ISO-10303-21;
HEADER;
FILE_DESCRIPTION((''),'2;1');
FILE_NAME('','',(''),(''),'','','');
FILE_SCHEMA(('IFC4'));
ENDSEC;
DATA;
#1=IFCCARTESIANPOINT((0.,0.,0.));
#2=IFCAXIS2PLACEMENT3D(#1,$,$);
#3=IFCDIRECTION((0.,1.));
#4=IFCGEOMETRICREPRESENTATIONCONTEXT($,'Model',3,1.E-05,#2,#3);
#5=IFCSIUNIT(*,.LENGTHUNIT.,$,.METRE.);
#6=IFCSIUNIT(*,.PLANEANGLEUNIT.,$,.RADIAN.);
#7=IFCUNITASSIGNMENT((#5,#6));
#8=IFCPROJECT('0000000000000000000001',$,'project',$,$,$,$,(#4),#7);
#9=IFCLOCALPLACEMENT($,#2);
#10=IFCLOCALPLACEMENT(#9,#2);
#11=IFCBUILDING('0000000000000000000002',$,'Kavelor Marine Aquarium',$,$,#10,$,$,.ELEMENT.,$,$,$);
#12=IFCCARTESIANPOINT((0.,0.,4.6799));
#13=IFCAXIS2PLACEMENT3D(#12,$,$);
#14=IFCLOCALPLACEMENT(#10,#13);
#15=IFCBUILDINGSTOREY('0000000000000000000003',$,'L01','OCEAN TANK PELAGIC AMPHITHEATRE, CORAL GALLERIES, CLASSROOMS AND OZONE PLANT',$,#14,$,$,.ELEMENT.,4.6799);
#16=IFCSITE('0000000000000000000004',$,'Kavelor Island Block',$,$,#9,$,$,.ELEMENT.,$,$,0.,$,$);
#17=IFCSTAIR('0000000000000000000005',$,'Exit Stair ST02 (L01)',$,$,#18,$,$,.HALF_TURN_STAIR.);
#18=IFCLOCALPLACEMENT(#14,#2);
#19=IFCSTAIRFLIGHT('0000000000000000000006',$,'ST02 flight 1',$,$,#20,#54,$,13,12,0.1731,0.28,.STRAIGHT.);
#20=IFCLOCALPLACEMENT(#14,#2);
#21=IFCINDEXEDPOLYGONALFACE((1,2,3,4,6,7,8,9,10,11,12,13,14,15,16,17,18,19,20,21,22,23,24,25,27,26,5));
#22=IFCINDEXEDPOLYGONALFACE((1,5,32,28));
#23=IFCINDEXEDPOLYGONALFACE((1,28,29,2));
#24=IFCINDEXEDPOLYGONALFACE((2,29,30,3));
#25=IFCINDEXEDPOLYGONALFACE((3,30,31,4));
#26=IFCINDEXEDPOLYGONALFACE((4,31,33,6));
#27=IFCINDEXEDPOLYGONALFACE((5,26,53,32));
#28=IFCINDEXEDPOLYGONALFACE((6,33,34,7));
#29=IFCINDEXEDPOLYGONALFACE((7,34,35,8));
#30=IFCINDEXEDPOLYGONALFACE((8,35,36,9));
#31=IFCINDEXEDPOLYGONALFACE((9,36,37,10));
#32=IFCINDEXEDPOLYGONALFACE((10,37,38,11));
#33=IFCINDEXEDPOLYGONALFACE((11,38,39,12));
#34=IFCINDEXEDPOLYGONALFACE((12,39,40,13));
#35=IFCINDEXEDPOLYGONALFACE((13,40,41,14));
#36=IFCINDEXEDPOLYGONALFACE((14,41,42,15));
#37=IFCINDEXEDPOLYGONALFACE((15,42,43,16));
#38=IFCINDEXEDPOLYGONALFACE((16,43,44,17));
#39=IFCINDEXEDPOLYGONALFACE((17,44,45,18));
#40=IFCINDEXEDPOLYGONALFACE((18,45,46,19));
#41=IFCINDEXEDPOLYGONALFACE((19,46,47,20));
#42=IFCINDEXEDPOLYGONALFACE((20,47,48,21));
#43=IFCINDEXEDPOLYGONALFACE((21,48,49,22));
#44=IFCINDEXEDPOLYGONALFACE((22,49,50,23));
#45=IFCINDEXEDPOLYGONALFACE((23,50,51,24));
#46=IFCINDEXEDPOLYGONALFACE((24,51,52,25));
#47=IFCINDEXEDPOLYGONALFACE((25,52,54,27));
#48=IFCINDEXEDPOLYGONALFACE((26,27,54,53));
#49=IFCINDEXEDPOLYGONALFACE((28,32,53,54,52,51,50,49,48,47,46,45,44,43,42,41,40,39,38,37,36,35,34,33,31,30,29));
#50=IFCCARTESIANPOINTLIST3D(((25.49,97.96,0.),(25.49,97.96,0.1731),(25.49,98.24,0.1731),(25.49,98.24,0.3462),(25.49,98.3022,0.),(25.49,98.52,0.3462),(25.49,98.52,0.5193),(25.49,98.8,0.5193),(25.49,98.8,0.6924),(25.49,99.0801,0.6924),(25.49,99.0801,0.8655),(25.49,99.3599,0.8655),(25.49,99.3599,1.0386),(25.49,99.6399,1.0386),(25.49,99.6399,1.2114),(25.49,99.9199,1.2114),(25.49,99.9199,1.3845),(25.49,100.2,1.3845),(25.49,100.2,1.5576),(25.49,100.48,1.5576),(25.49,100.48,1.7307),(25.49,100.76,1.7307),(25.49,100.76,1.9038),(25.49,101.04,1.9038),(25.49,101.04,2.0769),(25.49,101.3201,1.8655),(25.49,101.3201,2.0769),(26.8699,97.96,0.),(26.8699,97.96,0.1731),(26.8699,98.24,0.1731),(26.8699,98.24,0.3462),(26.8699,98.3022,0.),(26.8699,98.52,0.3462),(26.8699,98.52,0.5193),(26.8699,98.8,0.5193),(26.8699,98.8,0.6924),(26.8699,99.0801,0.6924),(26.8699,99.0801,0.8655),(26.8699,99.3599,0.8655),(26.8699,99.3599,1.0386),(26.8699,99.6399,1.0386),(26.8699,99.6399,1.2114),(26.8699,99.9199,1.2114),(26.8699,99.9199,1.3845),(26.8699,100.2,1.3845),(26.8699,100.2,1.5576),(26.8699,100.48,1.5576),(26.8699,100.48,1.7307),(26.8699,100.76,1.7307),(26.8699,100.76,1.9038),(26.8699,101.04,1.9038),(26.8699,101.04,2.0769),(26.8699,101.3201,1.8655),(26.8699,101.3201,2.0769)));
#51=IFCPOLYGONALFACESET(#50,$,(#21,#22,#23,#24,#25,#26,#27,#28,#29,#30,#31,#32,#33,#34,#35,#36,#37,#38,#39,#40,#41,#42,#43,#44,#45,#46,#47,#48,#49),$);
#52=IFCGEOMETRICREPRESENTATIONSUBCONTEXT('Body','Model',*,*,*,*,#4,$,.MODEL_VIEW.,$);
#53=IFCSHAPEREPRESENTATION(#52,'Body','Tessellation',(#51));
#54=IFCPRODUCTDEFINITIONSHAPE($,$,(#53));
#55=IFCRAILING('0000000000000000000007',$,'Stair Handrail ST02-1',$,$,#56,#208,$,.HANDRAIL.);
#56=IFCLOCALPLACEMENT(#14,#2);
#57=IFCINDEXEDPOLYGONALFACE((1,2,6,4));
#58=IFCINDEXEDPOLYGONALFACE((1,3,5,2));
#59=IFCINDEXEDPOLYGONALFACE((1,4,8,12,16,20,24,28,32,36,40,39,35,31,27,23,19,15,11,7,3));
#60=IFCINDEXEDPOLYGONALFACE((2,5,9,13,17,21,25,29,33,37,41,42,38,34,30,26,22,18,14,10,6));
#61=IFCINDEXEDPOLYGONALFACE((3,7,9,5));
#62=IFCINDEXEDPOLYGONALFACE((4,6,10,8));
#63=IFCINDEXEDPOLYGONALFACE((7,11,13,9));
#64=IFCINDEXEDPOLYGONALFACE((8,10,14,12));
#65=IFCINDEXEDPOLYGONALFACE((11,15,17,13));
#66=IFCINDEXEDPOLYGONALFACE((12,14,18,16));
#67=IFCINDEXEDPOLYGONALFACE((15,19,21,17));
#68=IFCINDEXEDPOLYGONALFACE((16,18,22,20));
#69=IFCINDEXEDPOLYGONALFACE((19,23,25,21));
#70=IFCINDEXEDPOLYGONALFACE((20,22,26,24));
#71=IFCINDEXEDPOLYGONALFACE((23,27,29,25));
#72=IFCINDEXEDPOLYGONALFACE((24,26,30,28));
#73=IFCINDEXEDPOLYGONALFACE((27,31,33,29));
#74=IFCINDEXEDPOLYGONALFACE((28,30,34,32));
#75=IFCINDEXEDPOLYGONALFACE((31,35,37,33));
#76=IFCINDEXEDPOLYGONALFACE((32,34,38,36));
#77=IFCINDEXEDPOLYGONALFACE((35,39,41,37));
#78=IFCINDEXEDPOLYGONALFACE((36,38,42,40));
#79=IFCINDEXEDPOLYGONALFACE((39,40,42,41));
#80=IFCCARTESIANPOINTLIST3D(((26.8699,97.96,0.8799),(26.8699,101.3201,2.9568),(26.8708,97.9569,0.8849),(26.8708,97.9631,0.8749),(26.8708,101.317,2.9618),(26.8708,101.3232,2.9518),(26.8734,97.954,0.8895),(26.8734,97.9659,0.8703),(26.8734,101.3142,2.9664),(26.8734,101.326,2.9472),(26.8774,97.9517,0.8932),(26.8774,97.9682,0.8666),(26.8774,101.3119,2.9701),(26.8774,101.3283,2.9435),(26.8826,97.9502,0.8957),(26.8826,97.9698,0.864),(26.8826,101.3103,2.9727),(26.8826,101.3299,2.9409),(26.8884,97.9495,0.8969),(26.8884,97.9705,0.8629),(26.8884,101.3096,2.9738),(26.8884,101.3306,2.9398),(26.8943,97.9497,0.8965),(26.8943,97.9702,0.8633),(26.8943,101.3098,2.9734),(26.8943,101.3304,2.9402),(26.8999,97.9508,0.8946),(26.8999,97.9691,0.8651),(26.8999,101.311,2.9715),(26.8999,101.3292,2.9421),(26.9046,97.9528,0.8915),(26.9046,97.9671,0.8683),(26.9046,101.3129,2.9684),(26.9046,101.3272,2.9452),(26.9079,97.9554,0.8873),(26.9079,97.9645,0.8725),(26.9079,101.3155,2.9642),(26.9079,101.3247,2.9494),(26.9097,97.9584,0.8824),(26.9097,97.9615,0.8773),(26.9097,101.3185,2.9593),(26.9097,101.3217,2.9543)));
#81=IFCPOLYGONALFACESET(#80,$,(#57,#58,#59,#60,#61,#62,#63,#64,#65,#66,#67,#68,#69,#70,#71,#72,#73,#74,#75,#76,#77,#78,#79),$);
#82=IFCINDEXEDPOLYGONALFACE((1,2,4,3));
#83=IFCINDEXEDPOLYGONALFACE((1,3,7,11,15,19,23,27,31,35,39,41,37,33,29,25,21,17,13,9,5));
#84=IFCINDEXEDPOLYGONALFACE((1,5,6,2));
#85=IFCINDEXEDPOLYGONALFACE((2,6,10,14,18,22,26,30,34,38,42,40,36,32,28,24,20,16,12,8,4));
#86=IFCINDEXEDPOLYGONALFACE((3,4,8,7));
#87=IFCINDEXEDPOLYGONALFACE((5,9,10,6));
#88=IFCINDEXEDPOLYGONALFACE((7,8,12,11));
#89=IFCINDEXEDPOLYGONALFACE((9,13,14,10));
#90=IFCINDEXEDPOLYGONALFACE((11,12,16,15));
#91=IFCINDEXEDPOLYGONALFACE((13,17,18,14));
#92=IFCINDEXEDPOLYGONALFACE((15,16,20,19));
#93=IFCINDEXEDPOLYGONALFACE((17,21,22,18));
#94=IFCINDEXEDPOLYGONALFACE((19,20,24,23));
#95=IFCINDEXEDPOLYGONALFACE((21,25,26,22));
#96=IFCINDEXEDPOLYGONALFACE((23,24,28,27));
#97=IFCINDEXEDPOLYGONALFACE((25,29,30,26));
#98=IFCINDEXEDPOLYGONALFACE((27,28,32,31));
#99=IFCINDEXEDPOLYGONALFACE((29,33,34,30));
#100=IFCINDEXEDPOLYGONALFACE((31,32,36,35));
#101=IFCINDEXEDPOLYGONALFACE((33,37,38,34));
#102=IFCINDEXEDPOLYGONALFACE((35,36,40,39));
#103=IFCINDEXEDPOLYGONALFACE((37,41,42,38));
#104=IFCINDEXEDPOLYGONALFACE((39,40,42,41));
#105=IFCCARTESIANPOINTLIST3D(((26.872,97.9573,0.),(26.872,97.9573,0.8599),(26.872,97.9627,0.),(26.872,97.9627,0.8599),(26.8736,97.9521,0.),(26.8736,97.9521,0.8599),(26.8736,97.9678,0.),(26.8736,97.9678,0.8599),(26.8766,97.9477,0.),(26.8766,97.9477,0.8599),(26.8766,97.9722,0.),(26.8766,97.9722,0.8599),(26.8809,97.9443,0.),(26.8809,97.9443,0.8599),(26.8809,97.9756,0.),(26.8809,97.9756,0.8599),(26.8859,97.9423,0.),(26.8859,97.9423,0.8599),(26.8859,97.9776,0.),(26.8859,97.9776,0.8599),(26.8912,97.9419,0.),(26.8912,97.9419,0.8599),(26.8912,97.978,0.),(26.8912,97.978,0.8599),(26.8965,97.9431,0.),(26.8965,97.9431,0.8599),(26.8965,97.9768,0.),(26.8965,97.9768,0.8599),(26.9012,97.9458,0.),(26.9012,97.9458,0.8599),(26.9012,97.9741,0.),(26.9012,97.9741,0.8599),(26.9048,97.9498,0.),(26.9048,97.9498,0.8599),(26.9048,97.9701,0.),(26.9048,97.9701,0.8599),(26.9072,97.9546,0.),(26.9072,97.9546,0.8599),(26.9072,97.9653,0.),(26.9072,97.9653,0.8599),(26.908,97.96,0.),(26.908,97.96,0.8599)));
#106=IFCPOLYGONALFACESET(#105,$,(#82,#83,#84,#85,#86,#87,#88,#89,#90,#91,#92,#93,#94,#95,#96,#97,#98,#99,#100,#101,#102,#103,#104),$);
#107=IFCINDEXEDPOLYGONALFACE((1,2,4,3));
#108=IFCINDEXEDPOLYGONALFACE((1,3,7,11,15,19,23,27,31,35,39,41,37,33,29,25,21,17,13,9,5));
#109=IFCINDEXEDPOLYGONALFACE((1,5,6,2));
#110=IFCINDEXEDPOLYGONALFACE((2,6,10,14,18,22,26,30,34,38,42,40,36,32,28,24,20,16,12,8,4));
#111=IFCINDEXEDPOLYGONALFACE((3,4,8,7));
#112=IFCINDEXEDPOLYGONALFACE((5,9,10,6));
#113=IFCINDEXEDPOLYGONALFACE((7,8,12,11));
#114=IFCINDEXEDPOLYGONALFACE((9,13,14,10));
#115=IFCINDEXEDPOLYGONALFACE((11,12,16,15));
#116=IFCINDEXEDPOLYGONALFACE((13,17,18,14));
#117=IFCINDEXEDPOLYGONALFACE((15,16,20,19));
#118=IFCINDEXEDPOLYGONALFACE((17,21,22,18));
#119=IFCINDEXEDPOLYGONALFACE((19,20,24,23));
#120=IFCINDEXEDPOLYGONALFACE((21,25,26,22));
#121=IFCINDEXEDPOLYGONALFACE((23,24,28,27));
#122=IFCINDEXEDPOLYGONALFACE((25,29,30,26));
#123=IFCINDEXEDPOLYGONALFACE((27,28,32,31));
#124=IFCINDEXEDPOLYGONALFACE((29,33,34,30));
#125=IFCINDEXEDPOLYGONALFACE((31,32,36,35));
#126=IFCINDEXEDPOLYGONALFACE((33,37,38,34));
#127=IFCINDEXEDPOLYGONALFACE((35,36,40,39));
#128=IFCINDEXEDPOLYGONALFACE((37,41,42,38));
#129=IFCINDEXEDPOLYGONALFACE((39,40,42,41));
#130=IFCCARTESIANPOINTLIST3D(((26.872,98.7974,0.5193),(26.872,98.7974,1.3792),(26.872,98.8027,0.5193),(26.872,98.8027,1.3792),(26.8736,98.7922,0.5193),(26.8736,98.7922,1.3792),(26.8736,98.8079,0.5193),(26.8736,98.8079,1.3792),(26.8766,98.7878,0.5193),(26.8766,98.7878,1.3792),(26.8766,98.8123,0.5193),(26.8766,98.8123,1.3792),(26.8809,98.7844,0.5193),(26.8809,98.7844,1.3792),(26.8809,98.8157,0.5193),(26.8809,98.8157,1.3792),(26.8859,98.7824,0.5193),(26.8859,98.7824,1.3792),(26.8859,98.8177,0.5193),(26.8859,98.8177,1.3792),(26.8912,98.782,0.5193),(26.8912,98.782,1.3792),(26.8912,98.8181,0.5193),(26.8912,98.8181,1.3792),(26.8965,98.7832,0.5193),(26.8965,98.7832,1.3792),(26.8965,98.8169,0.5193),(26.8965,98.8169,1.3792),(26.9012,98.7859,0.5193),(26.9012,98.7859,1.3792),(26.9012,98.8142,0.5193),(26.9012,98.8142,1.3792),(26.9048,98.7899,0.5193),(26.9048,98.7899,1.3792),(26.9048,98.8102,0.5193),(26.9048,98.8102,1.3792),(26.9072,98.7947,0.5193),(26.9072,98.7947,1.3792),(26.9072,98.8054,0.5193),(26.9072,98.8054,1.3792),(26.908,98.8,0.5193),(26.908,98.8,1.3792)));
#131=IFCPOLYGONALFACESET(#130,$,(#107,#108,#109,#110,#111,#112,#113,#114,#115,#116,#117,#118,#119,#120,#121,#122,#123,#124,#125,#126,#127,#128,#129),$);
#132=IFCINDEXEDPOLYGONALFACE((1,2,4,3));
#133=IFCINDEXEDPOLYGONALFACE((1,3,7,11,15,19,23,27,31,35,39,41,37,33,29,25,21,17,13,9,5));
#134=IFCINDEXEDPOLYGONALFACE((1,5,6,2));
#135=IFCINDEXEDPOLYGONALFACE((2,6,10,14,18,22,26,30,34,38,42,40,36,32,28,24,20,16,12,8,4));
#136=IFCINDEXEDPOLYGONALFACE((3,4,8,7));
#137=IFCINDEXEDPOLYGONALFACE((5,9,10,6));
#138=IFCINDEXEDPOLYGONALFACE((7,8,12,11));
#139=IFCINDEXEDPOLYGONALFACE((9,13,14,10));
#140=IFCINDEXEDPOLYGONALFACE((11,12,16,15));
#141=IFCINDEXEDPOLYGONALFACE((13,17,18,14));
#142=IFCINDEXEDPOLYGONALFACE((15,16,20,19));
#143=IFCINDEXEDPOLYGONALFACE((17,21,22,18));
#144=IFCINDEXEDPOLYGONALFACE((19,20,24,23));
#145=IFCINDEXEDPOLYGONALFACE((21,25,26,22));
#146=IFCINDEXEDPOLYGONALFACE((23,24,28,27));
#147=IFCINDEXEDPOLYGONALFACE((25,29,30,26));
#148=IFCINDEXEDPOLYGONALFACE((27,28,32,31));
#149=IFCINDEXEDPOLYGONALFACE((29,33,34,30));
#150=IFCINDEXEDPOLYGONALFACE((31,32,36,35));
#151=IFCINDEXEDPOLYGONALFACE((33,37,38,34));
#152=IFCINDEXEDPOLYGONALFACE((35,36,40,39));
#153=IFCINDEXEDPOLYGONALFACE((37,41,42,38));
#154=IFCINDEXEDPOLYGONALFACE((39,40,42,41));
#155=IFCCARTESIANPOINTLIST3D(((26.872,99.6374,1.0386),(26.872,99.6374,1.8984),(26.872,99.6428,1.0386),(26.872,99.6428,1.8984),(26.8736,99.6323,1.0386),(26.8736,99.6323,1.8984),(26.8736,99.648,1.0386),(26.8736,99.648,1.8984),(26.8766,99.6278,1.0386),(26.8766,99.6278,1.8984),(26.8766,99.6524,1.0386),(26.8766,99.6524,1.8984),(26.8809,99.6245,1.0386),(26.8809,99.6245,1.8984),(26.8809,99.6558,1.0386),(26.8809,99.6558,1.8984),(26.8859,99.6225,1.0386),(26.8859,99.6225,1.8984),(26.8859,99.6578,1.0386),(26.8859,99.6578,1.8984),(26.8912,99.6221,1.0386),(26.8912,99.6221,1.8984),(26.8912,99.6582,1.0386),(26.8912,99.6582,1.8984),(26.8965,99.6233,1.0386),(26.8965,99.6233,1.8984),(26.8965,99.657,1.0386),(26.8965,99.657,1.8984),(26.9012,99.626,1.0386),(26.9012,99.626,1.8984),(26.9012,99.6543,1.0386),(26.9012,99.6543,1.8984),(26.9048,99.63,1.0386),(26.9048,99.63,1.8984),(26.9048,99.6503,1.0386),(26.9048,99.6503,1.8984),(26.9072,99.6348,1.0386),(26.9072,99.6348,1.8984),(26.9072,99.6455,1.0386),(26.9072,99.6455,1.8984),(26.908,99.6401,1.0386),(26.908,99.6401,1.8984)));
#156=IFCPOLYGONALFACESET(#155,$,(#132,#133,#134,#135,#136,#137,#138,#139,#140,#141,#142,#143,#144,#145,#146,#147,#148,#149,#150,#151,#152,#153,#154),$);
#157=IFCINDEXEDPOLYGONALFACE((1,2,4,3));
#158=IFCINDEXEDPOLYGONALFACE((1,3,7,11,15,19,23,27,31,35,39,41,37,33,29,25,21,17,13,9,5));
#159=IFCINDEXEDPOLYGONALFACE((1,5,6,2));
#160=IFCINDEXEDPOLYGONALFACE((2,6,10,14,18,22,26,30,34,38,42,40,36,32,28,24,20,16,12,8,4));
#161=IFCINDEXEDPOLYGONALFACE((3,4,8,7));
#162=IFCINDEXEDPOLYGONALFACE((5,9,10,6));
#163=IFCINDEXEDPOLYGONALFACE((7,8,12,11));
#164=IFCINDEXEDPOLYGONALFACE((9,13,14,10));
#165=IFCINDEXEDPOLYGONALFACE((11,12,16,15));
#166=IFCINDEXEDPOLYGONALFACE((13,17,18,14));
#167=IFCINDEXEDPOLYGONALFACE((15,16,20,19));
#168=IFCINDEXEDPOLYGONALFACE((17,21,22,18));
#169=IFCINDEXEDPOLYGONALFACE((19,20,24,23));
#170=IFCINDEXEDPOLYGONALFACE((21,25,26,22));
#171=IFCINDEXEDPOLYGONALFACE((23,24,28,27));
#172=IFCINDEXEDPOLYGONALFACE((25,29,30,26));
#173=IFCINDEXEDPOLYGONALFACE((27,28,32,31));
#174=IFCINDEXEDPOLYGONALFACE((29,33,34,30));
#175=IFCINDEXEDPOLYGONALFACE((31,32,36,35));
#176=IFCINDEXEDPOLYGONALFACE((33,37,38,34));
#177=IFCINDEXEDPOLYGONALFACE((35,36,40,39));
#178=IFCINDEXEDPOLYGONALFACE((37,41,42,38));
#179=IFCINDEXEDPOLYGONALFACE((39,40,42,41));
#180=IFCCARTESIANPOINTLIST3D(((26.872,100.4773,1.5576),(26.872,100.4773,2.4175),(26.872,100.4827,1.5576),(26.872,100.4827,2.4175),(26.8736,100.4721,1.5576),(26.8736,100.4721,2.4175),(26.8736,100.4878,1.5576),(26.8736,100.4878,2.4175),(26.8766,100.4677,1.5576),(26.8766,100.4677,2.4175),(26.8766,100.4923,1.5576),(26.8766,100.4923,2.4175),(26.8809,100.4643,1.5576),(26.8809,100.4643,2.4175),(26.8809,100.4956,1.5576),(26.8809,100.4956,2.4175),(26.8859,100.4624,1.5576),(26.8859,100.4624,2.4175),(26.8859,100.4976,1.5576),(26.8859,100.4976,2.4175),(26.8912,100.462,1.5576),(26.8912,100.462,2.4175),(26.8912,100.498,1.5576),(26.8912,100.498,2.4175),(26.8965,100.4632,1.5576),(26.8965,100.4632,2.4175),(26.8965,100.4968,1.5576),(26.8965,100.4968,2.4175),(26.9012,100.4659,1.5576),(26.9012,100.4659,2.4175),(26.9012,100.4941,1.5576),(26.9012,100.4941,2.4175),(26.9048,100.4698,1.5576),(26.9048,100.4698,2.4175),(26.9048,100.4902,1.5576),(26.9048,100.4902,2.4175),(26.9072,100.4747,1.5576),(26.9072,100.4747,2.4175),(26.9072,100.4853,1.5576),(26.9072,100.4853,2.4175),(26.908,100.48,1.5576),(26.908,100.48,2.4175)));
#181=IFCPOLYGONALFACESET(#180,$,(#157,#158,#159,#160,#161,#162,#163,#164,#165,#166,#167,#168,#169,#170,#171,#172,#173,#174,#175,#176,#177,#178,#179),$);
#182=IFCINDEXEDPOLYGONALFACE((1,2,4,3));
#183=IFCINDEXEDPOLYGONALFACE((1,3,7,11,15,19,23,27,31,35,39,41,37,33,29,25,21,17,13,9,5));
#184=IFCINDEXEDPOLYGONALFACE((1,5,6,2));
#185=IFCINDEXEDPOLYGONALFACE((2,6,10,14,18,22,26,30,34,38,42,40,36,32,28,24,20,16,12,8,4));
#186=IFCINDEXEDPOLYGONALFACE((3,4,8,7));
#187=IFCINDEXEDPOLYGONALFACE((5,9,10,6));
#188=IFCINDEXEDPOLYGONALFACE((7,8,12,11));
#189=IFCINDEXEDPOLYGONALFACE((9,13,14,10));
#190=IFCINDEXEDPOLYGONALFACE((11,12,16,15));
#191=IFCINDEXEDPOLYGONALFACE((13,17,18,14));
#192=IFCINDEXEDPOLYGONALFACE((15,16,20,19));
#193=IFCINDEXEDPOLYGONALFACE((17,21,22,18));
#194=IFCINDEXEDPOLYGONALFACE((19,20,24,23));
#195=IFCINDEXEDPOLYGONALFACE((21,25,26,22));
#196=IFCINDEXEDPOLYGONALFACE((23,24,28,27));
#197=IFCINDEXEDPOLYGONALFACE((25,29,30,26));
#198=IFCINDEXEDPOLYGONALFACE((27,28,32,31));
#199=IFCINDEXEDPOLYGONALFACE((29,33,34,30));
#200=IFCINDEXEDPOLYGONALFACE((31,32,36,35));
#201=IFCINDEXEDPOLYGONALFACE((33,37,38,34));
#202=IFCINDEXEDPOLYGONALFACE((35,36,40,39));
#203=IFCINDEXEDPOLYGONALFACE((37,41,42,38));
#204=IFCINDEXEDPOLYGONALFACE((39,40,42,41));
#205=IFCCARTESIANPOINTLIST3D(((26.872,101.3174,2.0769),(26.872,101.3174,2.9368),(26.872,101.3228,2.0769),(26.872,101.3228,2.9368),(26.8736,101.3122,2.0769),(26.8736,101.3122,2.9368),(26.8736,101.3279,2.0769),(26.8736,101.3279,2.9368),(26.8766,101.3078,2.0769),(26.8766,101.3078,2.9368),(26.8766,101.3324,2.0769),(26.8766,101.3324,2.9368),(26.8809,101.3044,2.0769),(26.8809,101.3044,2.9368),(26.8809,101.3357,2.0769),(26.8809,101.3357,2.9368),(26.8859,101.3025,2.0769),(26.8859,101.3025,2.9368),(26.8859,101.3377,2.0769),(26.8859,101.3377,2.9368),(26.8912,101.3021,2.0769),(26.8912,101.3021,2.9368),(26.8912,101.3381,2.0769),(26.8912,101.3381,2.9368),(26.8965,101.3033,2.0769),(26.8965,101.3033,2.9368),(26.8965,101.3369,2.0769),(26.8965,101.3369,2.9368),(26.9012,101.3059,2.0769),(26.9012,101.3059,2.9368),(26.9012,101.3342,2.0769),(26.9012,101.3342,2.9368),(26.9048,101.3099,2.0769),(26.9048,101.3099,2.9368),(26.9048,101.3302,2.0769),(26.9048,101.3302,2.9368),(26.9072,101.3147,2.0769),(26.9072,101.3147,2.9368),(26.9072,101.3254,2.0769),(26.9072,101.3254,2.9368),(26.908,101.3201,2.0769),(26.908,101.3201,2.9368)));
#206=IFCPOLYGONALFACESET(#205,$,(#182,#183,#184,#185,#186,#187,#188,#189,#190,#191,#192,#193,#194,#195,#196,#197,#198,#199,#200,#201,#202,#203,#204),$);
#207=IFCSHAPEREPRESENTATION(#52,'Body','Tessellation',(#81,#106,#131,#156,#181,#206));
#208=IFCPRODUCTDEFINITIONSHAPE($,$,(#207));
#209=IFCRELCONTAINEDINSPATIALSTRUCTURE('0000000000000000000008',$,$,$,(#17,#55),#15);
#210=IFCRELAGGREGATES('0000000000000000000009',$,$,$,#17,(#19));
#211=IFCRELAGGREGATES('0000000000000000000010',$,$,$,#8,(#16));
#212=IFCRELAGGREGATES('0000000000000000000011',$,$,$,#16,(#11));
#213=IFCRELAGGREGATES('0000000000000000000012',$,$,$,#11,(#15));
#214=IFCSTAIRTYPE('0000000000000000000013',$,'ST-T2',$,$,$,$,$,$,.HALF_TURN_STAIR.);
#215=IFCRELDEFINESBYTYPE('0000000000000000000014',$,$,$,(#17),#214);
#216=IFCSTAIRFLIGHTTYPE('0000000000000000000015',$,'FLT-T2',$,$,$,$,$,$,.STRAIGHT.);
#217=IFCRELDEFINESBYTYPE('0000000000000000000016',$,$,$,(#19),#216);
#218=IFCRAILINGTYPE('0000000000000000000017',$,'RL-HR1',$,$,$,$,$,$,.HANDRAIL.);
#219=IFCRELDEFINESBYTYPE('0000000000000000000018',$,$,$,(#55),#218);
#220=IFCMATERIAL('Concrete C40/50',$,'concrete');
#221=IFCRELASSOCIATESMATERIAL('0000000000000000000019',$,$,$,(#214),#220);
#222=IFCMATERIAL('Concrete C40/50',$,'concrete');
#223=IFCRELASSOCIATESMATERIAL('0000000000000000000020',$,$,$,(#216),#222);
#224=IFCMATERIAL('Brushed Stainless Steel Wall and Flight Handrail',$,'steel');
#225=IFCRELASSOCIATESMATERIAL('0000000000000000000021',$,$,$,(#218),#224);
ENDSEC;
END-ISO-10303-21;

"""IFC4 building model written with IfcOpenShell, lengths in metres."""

from ifc_helpers import new_model, si_unit, direction, frame, origin, origin_2d, place, context, subcontext, project, spatial, polyline, circle, outline, extrude, material, type_object, element, aggregate, save


model = new_model("IFC4")

# Units and contexts
model_context = context("Model", 3, precision=1e-05, world=origin(), true_north=direction((0.0, 1.0)))
body_context = subcontext(model_context, "Body", "Model", "MODEL_VIEW")
ifc_project = project(units=[si_unit("LENGTHUNIT", "METRE"), si_unit("PLANEANGLEUNIT", "RADIAN")], contexts=[model_context])

# Site, building, storey
site_placement = place(None, origin())
site = spatial("IfcSite", under=ifc_project, at=site_placement, Name="Kavelor Island Block", CompositionType="ELEMENT", RefElevation=0.0)
building_placement = place(site_placement, origin())
building = spatial("IfcBuilding", under=site, at=building_placement, Name="Kavelor Marine Aquarium", CompositionType="ELEMENT")
storey_placement = place(building_placement, frame((0.0, 0.0, 4.6799)))
storey = spatial("IfcBuildingStorey", under=building, at=storey_placement, Name="L01", Description="OCEAN TANK PELAGIC AMPHITHEATRE, CORAL GALLERIES, CLASSROOMS AND OZONE PLANT", CompositionType="ELEMENT", Elevation=4.6799)

# Stair, stair flight
ifc_material_1 = material(Name="Concrete C40/50", Category="concrete")
stair_type = type_object("IfcStairType", Name="ST-T2", PredefinedType="HALF_TURN_STAIR", material=ifc_material_1)
stair_placement = place(storey_placement, origin())
stair = element("IfcStair", 1, at=stair_placement, inside=storey, type_object=stair_type, Name="Exit Stair ST02 (L01)", PredefinedType="HALF_TURN_STAIR")
ifc_material_2 = material(Name="Concrete C40/50", Category="concrete")
stair_flight_type = type_object("IfcStairFlightType", Name="FLT-T2", PredefinedType="STRAIGHT", material=ifc_material_2)
stair_flight_placement = place(storey_placement, frame((26.1799, 97.96, 0.0), z_axis=(0.0, 0.0, 1.0), x_axis=(0.0, 1.0, 0.0)))
stair_flight = element("IfcStairFlight", 2, at=stair_flight_placement, type_object=stair_flight_type, Name="ST02 flight 1", NumberOfRisers=13, NumberOfTreads=12, PredefinedType="STRAIGHT", RiserHeight=0.1731, TreadLength=0.28, context=body_context, shape_type="SweptSolid", body=[
    extrude(outline(polyline([(0.0, 0.0), (0.0, 0.1731), (0.28, 0.1731), (0.28, 0.3462), (0.5601, 0.3462), (0.5601, 0.5193), (0.8401, 0.5193), (0.8401, 0.6924), (1.1201, 0.6924), (1.1201, 0.8655), (1.3999, 0.8655), (1.3999, 1.0386), (1.6799, 1.0386), (1.6799, 1.2114), (1.96, 1.2114), (1.96, 1.3845), (2.24, 1.3845), (2.24, 1.5576), (2.52, 1.5576), (2.52, 1.7307), (2.8, 1.7307), (2.8, 1.9038), (3.0801, 1.9038), (3.0801, 2.0769), (3.3601, 2.0769), (3.3601, 2.25), (3.3601, 1.8655), (0.3423, 0.0), (0.0, 0.0)])), frame((0.0, 0.6899, 0.0), z_axis=(0.0, -1.0, 0.0), x_axis=(1.0, 0.0, 0.0)), (0.0, 0.0, 1.0), 1.3799),
])
aggregate(stair, [stair_flight])

# Railing
ifc_material_3 = material(Name="Brushed Stainless Steel Wall and Flight Handrail", Category="steel")
railing_type_1 = type_object("IfcRailingType", Name="RL-HR1", PredefinedType="HANDRAIL", material=ifc_material_3)
railing_1_placement = place(storey_placement, frame((26.8899, 97.96, 0.0)))
element("IfcRailing", 3, at=railing_1_placement, inside=storey, type_object=railing_type_1, Name="Stair Handrail ST02-1", PredefinedType="HANDRAIL", context=body_context, shape_type="SweptSolid", body=[
    extrude(circle(Radius=0.02, at=origin_2d()), frame((0.0, 0.0, 0.8799), z_axis=(0.0, 0.850623, 0.525776), x_axis=(-1.0, 0.0, 0.0)), (0.0, 0.0, 1.0), 3.9502),
    extrude(circle(Radius=0.0181, at=origin_2d()), origin(), (0.0, 0.0, 1.0), 0.8599),
    extrude(circle(Radius=0.0181, at=origin_2d()), frame((0.0, 0.8401, 0.5193)), (0.0, 0.0, 1.0), 0.8599),
    extrude(circle(Radius=0.0181, at=origin_2d()), frame((0.0, 1.6802, 1.0386)), (0.0, 0.0, 1.0), 0.8599),
    extrude(circle(Radius=0.0181, at=origin_2d()), frame((0.0, 2.52, 1.5576)), (0.0, 0.0, 1.0), 0.8599),
    extrude(circle(Radius=0.0181, at=origin_2d()), frame((0.0, 3.3601, 2.0769)), (0.0, 0.0, 1.0), 0.8599),
])

save(model, "model.ifc")
